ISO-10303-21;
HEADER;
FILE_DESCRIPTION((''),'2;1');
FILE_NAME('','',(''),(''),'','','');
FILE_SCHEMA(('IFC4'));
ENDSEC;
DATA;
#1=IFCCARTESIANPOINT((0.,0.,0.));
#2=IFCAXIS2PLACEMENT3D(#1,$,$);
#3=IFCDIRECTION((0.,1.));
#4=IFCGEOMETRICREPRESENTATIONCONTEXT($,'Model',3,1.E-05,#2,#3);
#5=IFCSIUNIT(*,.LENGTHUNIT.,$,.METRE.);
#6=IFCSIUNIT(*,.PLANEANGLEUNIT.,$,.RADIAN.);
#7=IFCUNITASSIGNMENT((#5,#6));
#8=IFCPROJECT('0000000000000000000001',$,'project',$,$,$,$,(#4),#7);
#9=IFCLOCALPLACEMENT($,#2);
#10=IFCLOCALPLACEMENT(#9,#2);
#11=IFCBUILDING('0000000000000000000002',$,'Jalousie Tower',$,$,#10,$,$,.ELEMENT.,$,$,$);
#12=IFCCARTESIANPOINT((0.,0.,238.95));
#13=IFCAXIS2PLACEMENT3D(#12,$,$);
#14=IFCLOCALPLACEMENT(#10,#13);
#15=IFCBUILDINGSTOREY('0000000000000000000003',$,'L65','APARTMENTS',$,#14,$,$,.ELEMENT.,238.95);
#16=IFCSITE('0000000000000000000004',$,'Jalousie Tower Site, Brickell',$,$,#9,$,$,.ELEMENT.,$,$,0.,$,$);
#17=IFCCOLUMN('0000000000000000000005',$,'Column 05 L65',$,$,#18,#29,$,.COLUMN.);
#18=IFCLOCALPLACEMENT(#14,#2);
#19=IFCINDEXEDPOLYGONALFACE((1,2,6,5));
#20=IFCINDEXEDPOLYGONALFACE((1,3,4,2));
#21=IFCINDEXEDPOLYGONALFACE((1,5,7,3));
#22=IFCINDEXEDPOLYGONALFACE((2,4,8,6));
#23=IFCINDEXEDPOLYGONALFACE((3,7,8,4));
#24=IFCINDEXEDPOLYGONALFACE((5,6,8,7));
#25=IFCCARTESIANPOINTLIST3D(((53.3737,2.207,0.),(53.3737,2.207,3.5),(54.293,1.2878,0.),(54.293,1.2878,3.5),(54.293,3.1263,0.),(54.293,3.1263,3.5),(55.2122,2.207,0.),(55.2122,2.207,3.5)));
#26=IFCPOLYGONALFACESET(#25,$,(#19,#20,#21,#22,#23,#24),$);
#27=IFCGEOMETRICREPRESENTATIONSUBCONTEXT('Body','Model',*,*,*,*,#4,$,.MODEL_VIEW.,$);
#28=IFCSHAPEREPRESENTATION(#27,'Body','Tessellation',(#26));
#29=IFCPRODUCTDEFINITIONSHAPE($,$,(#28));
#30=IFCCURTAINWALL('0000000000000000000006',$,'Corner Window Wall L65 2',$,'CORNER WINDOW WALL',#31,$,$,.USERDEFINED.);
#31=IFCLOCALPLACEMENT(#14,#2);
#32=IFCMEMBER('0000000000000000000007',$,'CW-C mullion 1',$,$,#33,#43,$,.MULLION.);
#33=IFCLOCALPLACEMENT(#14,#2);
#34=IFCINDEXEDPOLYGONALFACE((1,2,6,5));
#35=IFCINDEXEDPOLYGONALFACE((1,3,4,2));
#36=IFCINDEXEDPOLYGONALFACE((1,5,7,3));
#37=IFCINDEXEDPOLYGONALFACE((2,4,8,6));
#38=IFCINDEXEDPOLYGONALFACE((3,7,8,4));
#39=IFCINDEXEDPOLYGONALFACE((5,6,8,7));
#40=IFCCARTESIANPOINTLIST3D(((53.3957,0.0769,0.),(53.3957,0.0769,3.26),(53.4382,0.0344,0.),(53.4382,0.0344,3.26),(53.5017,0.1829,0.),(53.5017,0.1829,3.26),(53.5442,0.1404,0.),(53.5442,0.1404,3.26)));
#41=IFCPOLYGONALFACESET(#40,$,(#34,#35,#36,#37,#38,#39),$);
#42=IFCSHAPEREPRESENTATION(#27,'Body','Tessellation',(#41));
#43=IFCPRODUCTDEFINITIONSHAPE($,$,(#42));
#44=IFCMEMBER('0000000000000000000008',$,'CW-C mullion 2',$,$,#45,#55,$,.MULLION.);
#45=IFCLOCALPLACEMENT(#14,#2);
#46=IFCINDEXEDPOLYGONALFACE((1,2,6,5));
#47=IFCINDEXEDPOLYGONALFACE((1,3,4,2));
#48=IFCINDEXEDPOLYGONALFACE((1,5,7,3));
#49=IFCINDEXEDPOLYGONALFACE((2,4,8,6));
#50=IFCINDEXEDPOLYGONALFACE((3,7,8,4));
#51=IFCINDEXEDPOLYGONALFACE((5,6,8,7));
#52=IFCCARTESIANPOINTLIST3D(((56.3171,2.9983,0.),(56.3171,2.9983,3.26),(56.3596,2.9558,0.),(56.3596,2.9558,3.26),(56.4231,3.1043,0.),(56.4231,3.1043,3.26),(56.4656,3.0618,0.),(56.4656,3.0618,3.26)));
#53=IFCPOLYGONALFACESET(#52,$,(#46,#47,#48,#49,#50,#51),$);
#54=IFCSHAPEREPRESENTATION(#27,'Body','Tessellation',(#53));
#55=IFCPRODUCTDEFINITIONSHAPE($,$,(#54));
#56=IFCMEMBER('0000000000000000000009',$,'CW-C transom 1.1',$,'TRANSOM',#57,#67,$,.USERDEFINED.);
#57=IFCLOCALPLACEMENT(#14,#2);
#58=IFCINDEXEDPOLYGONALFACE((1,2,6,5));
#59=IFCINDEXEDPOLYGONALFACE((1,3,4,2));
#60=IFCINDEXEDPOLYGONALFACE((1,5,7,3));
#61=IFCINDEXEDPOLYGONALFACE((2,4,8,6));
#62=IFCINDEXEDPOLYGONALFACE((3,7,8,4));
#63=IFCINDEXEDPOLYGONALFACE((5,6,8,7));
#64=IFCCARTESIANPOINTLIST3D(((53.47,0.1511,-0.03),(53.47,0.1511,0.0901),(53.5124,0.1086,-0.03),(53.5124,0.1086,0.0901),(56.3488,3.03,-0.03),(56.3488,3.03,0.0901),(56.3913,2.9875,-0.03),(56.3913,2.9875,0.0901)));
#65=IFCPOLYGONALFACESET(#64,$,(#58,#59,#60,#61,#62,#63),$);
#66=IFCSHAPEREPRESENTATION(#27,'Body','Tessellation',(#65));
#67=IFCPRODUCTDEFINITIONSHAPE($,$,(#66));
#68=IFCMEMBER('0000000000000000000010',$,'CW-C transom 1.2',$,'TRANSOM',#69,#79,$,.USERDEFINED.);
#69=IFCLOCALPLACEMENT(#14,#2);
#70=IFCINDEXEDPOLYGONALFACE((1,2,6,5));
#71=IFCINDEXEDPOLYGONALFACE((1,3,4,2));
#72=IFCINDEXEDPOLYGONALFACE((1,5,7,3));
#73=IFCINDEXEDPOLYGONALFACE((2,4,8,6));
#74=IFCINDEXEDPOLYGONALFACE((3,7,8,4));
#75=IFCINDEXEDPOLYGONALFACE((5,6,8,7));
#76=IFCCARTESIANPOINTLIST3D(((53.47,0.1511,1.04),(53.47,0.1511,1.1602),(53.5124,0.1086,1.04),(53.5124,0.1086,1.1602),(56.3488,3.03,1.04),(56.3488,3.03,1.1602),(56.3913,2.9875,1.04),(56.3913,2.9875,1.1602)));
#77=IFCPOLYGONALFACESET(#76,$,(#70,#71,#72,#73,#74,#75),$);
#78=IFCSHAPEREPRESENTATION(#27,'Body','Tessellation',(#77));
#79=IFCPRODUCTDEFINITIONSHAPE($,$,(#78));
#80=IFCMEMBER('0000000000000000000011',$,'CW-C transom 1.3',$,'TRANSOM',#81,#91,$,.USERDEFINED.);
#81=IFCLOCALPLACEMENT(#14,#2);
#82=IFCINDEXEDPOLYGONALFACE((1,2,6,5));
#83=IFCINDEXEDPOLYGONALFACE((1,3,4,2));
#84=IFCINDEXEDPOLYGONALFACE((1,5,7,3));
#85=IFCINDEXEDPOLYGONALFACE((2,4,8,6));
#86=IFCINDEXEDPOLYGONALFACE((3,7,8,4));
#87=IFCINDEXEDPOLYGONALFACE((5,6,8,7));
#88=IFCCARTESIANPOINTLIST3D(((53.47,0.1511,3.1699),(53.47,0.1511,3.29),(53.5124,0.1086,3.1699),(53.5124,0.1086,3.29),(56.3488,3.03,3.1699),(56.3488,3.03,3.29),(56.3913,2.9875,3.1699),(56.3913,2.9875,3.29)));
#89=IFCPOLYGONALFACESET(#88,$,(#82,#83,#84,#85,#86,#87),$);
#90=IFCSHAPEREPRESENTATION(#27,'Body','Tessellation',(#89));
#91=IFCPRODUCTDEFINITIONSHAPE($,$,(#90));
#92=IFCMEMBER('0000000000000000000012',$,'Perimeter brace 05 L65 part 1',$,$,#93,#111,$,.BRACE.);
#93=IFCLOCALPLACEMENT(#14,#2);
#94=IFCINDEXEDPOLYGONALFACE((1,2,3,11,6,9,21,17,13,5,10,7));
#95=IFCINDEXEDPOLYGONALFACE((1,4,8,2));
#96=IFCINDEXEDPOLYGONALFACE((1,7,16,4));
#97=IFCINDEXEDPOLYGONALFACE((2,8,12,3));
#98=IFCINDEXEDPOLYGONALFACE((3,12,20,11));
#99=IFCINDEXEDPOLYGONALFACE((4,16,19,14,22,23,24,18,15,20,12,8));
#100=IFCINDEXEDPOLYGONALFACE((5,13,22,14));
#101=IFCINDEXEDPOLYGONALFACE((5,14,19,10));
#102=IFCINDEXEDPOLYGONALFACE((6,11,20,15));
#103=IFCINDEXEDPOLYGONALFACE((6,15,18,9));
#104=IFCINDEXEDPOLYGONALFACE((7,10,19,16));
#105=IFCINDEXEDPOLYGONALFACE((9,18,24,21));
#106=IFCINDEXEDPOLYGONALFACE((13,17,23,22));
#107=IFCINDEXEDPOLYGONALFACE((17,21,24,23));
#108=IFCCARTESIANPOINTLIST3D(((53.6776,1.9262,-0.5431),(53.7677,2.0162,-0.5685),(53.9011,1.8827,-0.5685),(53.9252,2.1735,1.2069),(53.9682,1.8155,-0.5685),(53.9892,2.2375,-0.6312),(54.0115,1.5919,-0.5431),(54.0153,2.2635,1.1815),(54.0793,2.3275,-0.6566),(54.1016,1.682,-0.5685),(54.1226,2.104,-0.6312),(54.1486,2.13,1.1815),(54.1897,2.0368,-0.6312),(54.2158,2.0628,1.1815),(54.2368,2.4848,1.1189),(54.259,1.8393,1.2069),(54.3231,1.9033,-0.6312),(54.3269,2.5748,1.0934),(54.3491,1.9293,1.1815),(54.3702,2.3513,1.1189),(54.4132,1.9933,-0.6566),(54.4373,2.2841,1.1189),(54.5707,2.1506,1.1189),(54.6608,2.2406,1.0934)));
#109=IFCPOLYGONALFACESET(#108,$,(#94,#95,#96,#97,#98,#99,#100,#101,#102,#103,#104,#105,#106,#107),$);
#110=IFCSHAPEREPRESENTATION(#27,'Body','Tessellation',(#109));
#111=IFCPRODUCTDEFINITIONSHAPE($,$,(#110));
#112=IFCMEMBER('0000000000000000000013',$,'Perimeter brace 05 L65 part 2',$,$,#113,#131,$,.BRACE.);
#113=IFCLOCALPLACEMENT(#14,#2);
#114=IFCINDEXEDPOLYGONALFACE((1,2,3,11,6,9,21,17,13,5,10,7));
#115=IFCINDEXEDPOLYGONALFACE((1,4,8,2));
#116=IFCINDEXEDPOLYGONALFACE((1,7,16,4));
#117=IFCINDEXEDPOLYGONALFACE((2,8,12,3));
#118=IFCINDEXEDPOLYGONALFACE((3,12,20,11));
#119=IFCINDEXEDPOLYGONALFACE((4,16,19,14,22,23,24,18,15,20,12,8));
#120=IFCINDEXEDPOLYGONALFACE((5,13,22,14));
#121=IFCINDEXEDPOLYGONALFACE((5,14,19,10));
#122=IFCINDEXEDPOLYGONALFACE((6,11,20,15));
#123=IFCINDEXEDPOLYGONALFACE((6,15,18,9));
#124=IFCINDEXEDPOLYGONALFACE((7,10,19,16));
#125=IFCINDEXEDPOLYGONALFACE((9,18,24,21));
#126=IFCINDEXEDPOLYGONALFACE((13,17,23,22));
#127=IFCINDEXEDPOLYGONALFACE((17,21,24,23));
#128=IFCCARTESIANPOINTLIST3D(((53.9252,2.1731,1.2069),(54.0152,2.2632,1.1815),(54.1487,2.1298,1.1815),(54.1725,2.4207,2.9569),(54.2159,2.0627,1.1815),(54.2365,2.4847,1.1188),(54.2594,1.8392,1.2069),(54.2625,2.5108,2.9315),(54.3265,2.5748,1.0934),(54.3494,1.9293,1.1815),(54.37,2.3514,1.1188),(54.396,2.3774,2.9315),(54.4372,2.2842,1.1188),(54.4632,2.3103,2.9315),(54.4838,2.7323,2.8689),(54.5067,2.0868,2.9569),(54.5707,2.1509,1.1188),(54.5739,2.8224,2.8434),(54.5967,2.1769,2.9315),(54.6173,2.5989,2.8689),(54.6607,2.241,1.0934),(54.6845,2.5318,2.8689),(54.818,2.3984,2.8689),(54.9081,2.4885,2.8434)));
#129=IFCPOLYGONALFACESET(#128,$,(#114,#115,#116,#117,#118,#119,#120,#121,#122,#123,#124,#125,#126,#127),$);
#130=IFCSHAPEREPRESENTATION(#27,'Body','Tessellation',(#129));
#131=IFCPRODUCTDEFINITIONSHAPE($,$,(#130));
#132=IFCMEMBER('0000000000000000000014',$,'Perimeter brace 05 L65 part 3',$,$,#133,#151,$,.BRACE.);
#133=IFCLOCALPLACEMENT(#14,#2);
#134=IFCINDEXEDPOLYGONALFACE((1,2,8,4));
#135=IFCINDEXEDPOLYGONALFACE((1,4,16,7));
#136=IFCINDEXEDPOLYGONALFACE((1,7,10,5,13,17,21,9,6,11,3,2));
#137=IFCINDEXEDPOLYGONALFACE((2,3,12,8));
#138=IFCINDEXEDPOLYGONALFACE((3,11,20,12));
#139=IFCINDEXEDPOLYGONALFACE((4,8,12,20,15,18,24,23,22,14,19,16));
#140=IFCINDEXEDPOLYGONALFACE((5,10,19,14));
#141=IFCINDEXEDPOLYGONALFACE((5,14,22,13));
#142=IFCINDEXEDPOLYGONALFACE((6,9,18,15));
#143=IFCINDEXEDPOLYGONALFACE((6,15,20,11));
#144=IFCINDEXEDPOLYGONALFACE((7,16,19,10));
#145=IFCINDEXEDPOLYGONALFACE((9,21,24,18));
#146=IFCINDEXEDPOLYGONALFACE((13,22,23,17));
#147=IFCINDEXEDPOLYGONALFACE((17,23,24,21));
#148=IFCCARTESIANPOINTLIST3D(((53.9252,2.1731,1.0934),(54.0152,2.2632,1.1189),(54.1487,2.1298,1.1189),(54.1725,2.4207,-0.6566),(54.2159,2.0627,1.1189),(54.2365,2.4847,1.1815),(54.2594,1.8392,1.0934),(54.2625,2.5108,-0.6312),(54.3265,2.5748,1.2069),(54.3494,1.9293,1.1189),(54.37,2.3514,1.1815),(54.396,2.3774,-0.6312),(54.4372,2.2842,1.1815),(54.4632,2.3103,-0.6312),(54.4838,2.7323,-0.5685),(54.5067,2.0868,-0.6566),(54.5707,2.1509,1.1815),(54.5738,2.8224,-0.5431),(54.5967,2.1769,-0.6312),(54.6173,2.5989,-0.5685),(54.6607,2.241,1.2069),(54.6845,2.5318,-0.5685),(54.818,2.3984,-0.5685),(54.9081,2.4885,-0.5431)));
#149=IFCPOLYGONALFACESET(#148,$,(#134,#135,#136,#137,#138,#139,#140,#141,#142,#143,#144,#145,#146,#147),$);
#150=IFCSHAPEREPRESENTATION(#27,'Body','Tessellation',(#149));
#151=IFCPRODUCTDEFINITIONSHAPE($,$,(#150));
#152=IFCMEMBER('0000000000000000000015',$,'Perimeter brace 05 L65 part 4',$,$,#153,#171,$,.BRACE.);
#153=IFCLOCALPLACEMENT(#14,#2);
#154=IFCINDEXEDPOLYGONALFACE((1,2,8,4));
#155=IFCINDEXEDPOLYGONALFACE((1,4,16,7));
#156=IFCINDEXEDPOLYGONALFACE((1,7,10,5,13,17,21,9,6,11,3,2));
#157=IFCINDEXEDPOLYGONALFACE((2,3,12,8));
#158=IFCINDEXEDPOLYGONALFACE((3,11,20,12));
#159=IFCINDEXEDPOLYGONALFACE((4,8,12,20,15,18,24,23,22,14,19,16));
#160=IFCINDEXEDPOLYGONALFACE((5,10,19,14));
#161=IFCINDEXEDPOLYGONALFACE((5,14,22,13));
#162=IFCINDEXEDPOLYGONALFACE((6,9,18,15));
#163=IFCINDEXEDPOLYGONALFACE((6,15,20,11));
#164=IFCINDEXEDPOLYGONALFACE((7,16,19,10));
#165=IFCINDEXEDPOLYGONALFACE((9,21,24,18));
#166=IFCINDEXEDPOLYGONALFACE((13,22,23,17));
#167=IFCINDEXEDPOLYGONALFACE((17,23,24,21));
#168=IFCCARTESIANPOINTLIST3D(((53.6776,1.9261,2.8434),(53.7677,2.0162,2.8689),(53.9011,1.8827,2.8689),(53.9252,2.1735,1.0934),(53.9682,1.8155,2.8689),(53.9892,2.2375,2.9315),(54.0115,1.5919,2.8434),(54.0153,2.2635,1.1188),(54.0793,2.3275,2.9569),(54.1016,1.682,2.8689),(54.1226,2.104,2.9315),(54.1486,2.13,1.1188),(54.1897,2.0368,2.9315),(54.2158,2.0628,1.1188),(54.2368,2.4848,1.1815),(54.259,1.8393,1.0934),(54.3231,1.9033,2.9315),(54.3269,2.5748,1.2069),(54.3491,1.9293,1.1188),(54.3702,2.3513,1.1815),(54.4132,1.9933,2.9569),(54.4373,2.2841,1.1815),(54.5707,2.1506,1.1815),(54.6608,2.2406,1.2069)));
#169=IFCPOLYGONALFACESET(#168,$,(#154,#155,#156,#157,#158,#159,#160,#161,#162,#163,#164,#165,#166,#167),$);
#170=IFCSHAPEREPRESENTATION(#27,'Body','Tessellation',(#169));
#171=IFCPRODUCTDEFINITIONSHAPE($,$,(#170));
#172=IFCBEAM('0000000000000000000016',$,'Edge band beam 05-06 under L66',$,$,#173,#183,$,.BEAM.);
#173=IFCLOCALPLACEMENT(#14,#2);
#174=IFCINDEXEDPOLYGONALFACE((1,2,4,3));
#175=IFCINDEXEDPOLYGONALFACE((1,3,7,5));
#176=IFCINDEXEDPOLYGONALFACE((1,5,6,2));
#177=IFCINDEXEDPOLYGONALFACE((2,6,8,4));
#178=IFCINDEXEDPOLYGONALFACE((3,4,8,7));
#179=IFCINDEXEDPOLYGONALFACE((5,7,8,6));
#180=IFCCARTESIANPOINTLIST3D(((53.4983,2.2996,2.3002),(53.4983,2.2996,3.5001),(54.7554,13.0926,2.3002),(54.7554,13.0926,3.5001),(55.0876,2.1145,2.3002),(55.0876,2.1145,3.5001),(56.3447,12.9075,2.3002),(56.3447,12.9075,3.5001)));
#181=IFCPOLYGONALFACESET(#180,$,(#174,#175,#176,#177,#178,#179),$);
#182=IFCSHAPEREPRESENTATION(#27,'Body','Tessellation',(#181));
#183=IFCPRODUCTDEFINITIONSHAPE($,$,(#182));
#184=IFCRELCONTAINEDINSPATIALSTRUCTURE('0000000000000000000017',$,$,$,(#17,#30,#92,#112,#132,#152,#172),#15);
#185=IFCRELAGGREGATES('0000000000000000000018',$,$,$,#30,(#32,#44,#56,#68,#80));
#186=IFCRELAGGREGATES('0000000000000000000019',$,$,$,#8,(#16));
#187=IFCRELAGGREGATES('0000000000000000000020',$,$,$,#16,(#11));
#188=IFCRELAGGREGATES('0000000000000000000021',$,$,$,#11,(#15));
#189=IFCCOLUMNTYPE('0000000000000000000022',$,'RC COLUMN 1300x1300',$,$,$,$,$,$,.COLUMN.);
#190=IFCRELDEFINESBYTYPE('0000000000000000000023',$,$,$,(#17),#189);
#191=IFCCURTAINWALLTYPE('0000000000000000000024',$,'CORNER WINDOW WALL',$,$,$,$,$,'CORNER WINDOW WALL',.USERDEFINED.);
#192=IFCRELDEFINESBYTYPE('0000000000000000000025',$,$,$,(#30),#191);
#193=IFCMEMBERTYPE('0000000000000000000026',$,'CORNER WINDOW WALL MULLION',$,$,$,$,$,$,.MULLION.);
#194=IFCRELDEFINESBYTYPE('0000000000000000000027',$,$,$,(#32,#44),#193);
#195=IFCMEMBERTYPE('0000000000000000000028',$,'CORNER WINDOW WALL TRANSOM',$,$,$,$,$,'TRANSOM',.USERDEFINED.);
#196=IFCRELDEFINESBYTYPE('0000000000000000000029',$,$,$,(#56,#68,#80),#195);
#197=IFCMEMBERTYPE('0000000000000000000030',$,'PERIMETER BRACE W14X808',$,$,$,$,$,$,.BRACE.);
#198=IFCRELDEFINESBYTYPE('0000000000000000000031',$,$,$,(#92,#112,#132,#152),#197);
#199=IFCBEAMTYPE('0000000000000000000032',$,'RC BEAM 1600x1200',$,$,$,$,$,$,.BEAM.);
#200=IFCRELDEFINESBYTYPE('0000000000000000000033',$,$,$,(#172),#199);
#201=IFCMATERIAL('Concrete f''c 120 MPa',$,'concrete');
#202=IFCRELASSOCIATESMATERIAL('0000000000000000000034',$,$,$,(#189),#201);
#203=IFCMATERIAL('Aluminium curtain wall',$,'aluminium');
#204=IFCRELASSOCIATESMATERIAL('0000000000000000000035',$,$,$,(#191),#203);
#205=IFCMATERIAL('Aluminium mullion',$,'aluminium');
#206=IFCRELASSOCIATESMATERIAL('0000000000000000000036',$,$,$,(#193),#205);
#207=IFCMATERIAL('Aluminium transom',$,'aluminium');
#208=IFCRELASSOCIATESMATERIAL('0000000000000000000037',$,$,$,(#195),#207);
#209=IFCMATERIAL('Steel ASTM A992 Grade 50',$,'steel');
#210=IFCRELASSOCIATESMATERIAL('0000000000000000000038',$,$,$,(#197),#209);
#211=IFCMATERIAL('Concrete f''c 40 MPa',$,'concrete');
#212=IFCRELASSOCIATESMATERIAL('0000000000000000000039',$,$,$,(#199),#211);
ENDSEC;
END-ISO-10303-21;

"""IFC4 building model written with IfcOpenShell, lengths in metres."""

from ifc_helpers import new_model, si_unit, direction, frame, origin, origin_2d, place, context, subcontext, project, spatial, rectangle, i_section, extrude, material, material_profile, profile_set, type_object, element, aggregate, save


model = new_model("IFC4")

# Units and contexts
model_context = context("Model", 3, precision=1e-05, world=origin(), true_north=direction((0.0, 1.0)))
body_context = subcontext(model_context, "Body", "Model", "MODEL_VIEW")
ifc_project = project(units=[si_unit("LENGTHUNIT", "METRE"), si_unit("PLANEANGLEUNIT", "RADIAN")], contexts=[model_context])

# Site, building, storey
site_placement = place(None, origin())
site = spatial("IfcSite", under=ifc_project, at=site_placement, Name="Jalousie Tower Site, Brickell", CompositionType="ELEMENT", RefElevation=0.0)
building_placement = place(site_placement, origin())
building = spatial("IfcBuilding", under=site, at=building_placement, Name="Jalousie Tower", CompositionType="ELEMENT")
storey_placement = place(building_placement, frame((0.0, 0.0, 238.95)))
storey = spatial("IfcBuildingStorey", under=building, at=storey_placement, Name="L65", Description="APARTMENTS", CompositionType="ELEMENT", Elevation=238.95)

# Column
ifc_material_1 = material(Name="Concrete f'c 120 MPa", Category="concrete")
ifc_material_profile_1 = material_profile(ifc_material_1, rectangle(XDim=1.3, YDim=1.3, at=origin_2d()), Name="RC 1300x1300")
ifc_profile_set_1 = profile_set([ifc_material_profile_1], Name="Concrete f'c 120 MPa")
column_type = type_object("IfcColumnType", Name="RC COLUMN 1300x1300", PredefinedType="COLUMN", material=ifc_profile_set_1)
column_placement = place(storey_placement, frame((54.293, 2.207, 0.0), z_axis=(0.0, 0.0, 1.0), x_axis=(0.707107, 0.707107, 0.0)))
element("IfcColumn", 1, at=column_placement, inside=storey, type_object=column_type, Name="Column 05 L65", PredefinedType="COLUMN", context=body_context, shape_type="SweptSolid", body=[
    extrude(rectangle(XDim=1.3, YDim=1.3, at=origin_2d()), origin(), (0.0, 0.0, 1.0), 3.5),
])

# Curtain wall, members
ifc_material_2 = material(Name="Aluminium curtain wall", Category="aluminium")
curtain_wall_type_1 = type_object("IfcCurtainWallType", Name="CORNER WINDOW WALL", ElementType="CORNER WINDOW WALL", PredefinedType="USERDEFINED", material=ifc_material_2)
curtain_wall_1_placement = place(storey_placement, origin())
curtain_wall_1 = element("IfcCurtainWall", 2, at=curtain_wall_1_placement, inside=storey, type_object=curtain_wall_type_1, Name="Corner Window Wall L65 2", ObjectType="CORNER WINDOW WALL", PredefinedType="USERDEFINED")
ifc_material_3 = material(Name="Aluminium mullion", Category="aluminium")
ifc_material_profile_2 = material_profile(ifc_material_3, rectangle(XDim=0.0601, YDim=0.1499, at=origin_2d()), Name="MULLION 60x150")
ifc_profile_set_2 = profile_set([ifc_material_profile_2], Name="Aluminium mullion")
member_type_1 = type_object("IfcMemberType", Name="CORNER WINDOW WALL MULLION", PredefinedType="MULLION", material=ifc_profile_set_2)
member_1_placement = place(storey_placement, frame((53.47, 0.1086, 0.0), z_axis=(0.0, 0.0, 1.0), x_axis=(-0.707107, 0.707107, 0.0)))
member_1 = element("IfcMember", 3, at=member_1_placement, type_object=member_type_1, Name="CW-C mullion 1", PredefinedType="MULLION", context=body_context, shape_type="SweptSolid", body=[
    extrude(rectangle(XDim=0.0601, YDim=0.1499, at=origin_2d()), origin(), (0.0, 0.0, 1.0), 3.26),
])
member_2_placement = place(storey_placement, frame((56.3914, 3.03, 0.0), z_axis=(0.0, 0.0, 1.0), x_axis=(-0.707107, 0.707107, 0.0)))
member_2 = element("IfcMember", 4, at=member_2_placement, type_object=member_type_1, Name="CW-C mullion 2", PredefinedType="MULLION", context=body_context, shape_type="SweptSolid", body=[
    extrude(rectangle(XDim=0.0601, YDim=0.1499, at=origin_2d()), origin(), (0.0, 0.0, 1.0), 3.26),
])
ifc_material_4 = material(Name="Aluminium transom", Category="aluminium")
ifc_material_profile_3 = material_profile(ifc_material_4, rectangle(XDim=0.0601, YDim=0.1201, at=origin_2d()), Name="TRANSOM 60x120")
ifc_profile_set_3 = profile_set([ifc_material_profile_3], Name="Aluminium transom")
member_type_2 = type_object("IfcMemberType", Name="CORNER WINDOW WALL TRANSOM", ElementType="TRANSOM", PredefinedType="USERDEFINED", material=ifc_profile_set_3)
member_3_placement = place(storey_placement, frame((53.4912, 0.1299, 0.03), z_axis=(0.707107, 0.707107, 0.0), x_axis=(-0.707107, 0.707107, 0.0)))
member_3 = element("IfcMember", 5, at=member_3_placement, type_object=member_type_2, Name="CW-C transom 1.1", ObjectType="TRANSOM", PredefinedType="USERDEFINED", context=body_context, shape_type="SweptSolid", body=[
    extrude(rectangle(XDim=0.0601, YDim=0.1201, at=origin_2d()), origin(), (0.0, 0.0, 1.0), 4.0713),
])
member_4_placement = place(storey_placement, frame((53.4912, 0.1299, 1.1001), z_axis=(0.707107, 0.707107, 0.0), x_axis=(-0.707107, 0.707107, 0.0)))
member_4 = element("IfcMember", 6, at=member_4_placement, type_object=member_type_2, Name="CW-C transom 1.2", ObjectType="TRANSOM", PredefinedType="USERDEFINED", context=body_context, shape_type="SweptSolid", body=[
    extrude(rectangle(XDim=0.0601, YDim=0.1201, at=origin_2d()), origin(), (0.0, 0.0, 1.0), 4.0713),
])
member_5_placement = place(storey_placement, frame((53.4912, 0.1299, 3.23), z_axis=(0.707107, 0.707107, 0.0), x_axis=(-0.707107, 0.707107, 0.0)))
member_5 = element("IfcMember", 7, at=member_5_placement, type_object=member_type_2, Name="CW-C transom 1.3", ObjectType="TRANSOM", PredefinedType="USERDEFINED", context=body_context, shape_type="SweptSolid", body=[
    extrude(rectangle(XDim=0.0601, YDim=0.1201, at=origin_2d()), origin(), (0.0, 0.0, 1.0), 4.0713),
])

# Members
ifc_material_5 = material(Name="Steel ASTM A992 Grade 50", Category="steel")
ifc_material_profile_4 = material_profile(ifc_material_5, i_section(OverallWidth=0.4724, OverallDepth=0.5791, WebThickness=0.095, FlangeThickness=0.1299, at=origin_2d()), Name="W14X808")
ifc_profile_set_4 = profile_set([ifc_material_profile_4], Name="Steel ASTM A992 Grade 50")
member_type_3 = type_object("IfcMemberType", Name="PERIMETER BRACE W14X808", PredefinedType="BRACE", material=ifc_profile_set_4)
for number, where, z_axis, x_axis, name in (
    (8, (54.0454, 1.9597, -0.5999), (0.138716, 0.138579, 0.980588), (-0.706758, 0.707456, 0.0), "Perimeter brace 05 L65 part 1"),
    (9, (54.293, 2.207, 1.1501), (0.138579, 0.138716, 0.980588), (-0.707456, 0.706758, 0.0), "Perimeter brace 05 L65 part 2"),
    (10, (54.5403, 2.4546, -0.5999), (-0.138579, -0.138716, 0.980588), (0.707456, -0.706758, 0.0), "Perimeter brace 05 L65 part 3"),
    (11, (54.293, 2.207, 1.1501), (-0.138716, -0.138579, 0.980588), (0.706758, -0.707456, 0.0), "Perimeter brace 05 L65 part 4"),
):
    element("IfcMember", number, at=place(storey_placement, frame(where, z_axis=z_axis, x_axis=x_axis)), inside=storey, type_object=member_type_3, Name=name, PredefinedType="BRACE", context=body_context, shape_type="SweptSolid", body=[
        extrude(i_section(OverallWidth=0.4724, OverallDepth=0.5791, WebThickness=0.095, FlangeThickness=0.1299, at=origin_2d()), origin(), (0.0, 0.0, 1.0), 1.7847),
    ])

# Beam
ifc_material_6 = material(Name="Concrete f'c 40 MPa", Category="concrete")
ifc_material_profile_5 = material_profile(ifc_material_6, rectangle(XDim=1.6001, YDim=1.2, at=origin_2d()), Name="RC 1600x1200")
ifc_profile_set_5 = profile_set([ifc_material_profile_5], Name="Concrete f'c 40 MPa")
beam_type = type_object("IfcBeamType", Name="RC BEAM 1600x1200", PredefinedType="BEAM", material=ifc_profile_set_5)
beam_placement = place(storey_placement, frame((54.293, 2.207, 2.9001), z_axis=(0.11569, 0.993285, 0.0), x_axis=(-0.993285, 0.11569, 0.0)))
element("IfcBeam", 12, at=beam_placement, inside=storey, type_object=beam_type, Name="Edge band beam 05-06 under L66", PredefinedType="BEAM", context=body_context, shape_type="SweptSolid", body=[
    extrude(rectangle(XDim=1.6001, YDim=1.2, at=origin_2d()), origin(), (0.0, 0.0, 1.0), 10.866),
])

aggregate(curtain_wall_1, [member_1, member_2, member_3, member_4, member_5])

save(model, "model.ifc")
